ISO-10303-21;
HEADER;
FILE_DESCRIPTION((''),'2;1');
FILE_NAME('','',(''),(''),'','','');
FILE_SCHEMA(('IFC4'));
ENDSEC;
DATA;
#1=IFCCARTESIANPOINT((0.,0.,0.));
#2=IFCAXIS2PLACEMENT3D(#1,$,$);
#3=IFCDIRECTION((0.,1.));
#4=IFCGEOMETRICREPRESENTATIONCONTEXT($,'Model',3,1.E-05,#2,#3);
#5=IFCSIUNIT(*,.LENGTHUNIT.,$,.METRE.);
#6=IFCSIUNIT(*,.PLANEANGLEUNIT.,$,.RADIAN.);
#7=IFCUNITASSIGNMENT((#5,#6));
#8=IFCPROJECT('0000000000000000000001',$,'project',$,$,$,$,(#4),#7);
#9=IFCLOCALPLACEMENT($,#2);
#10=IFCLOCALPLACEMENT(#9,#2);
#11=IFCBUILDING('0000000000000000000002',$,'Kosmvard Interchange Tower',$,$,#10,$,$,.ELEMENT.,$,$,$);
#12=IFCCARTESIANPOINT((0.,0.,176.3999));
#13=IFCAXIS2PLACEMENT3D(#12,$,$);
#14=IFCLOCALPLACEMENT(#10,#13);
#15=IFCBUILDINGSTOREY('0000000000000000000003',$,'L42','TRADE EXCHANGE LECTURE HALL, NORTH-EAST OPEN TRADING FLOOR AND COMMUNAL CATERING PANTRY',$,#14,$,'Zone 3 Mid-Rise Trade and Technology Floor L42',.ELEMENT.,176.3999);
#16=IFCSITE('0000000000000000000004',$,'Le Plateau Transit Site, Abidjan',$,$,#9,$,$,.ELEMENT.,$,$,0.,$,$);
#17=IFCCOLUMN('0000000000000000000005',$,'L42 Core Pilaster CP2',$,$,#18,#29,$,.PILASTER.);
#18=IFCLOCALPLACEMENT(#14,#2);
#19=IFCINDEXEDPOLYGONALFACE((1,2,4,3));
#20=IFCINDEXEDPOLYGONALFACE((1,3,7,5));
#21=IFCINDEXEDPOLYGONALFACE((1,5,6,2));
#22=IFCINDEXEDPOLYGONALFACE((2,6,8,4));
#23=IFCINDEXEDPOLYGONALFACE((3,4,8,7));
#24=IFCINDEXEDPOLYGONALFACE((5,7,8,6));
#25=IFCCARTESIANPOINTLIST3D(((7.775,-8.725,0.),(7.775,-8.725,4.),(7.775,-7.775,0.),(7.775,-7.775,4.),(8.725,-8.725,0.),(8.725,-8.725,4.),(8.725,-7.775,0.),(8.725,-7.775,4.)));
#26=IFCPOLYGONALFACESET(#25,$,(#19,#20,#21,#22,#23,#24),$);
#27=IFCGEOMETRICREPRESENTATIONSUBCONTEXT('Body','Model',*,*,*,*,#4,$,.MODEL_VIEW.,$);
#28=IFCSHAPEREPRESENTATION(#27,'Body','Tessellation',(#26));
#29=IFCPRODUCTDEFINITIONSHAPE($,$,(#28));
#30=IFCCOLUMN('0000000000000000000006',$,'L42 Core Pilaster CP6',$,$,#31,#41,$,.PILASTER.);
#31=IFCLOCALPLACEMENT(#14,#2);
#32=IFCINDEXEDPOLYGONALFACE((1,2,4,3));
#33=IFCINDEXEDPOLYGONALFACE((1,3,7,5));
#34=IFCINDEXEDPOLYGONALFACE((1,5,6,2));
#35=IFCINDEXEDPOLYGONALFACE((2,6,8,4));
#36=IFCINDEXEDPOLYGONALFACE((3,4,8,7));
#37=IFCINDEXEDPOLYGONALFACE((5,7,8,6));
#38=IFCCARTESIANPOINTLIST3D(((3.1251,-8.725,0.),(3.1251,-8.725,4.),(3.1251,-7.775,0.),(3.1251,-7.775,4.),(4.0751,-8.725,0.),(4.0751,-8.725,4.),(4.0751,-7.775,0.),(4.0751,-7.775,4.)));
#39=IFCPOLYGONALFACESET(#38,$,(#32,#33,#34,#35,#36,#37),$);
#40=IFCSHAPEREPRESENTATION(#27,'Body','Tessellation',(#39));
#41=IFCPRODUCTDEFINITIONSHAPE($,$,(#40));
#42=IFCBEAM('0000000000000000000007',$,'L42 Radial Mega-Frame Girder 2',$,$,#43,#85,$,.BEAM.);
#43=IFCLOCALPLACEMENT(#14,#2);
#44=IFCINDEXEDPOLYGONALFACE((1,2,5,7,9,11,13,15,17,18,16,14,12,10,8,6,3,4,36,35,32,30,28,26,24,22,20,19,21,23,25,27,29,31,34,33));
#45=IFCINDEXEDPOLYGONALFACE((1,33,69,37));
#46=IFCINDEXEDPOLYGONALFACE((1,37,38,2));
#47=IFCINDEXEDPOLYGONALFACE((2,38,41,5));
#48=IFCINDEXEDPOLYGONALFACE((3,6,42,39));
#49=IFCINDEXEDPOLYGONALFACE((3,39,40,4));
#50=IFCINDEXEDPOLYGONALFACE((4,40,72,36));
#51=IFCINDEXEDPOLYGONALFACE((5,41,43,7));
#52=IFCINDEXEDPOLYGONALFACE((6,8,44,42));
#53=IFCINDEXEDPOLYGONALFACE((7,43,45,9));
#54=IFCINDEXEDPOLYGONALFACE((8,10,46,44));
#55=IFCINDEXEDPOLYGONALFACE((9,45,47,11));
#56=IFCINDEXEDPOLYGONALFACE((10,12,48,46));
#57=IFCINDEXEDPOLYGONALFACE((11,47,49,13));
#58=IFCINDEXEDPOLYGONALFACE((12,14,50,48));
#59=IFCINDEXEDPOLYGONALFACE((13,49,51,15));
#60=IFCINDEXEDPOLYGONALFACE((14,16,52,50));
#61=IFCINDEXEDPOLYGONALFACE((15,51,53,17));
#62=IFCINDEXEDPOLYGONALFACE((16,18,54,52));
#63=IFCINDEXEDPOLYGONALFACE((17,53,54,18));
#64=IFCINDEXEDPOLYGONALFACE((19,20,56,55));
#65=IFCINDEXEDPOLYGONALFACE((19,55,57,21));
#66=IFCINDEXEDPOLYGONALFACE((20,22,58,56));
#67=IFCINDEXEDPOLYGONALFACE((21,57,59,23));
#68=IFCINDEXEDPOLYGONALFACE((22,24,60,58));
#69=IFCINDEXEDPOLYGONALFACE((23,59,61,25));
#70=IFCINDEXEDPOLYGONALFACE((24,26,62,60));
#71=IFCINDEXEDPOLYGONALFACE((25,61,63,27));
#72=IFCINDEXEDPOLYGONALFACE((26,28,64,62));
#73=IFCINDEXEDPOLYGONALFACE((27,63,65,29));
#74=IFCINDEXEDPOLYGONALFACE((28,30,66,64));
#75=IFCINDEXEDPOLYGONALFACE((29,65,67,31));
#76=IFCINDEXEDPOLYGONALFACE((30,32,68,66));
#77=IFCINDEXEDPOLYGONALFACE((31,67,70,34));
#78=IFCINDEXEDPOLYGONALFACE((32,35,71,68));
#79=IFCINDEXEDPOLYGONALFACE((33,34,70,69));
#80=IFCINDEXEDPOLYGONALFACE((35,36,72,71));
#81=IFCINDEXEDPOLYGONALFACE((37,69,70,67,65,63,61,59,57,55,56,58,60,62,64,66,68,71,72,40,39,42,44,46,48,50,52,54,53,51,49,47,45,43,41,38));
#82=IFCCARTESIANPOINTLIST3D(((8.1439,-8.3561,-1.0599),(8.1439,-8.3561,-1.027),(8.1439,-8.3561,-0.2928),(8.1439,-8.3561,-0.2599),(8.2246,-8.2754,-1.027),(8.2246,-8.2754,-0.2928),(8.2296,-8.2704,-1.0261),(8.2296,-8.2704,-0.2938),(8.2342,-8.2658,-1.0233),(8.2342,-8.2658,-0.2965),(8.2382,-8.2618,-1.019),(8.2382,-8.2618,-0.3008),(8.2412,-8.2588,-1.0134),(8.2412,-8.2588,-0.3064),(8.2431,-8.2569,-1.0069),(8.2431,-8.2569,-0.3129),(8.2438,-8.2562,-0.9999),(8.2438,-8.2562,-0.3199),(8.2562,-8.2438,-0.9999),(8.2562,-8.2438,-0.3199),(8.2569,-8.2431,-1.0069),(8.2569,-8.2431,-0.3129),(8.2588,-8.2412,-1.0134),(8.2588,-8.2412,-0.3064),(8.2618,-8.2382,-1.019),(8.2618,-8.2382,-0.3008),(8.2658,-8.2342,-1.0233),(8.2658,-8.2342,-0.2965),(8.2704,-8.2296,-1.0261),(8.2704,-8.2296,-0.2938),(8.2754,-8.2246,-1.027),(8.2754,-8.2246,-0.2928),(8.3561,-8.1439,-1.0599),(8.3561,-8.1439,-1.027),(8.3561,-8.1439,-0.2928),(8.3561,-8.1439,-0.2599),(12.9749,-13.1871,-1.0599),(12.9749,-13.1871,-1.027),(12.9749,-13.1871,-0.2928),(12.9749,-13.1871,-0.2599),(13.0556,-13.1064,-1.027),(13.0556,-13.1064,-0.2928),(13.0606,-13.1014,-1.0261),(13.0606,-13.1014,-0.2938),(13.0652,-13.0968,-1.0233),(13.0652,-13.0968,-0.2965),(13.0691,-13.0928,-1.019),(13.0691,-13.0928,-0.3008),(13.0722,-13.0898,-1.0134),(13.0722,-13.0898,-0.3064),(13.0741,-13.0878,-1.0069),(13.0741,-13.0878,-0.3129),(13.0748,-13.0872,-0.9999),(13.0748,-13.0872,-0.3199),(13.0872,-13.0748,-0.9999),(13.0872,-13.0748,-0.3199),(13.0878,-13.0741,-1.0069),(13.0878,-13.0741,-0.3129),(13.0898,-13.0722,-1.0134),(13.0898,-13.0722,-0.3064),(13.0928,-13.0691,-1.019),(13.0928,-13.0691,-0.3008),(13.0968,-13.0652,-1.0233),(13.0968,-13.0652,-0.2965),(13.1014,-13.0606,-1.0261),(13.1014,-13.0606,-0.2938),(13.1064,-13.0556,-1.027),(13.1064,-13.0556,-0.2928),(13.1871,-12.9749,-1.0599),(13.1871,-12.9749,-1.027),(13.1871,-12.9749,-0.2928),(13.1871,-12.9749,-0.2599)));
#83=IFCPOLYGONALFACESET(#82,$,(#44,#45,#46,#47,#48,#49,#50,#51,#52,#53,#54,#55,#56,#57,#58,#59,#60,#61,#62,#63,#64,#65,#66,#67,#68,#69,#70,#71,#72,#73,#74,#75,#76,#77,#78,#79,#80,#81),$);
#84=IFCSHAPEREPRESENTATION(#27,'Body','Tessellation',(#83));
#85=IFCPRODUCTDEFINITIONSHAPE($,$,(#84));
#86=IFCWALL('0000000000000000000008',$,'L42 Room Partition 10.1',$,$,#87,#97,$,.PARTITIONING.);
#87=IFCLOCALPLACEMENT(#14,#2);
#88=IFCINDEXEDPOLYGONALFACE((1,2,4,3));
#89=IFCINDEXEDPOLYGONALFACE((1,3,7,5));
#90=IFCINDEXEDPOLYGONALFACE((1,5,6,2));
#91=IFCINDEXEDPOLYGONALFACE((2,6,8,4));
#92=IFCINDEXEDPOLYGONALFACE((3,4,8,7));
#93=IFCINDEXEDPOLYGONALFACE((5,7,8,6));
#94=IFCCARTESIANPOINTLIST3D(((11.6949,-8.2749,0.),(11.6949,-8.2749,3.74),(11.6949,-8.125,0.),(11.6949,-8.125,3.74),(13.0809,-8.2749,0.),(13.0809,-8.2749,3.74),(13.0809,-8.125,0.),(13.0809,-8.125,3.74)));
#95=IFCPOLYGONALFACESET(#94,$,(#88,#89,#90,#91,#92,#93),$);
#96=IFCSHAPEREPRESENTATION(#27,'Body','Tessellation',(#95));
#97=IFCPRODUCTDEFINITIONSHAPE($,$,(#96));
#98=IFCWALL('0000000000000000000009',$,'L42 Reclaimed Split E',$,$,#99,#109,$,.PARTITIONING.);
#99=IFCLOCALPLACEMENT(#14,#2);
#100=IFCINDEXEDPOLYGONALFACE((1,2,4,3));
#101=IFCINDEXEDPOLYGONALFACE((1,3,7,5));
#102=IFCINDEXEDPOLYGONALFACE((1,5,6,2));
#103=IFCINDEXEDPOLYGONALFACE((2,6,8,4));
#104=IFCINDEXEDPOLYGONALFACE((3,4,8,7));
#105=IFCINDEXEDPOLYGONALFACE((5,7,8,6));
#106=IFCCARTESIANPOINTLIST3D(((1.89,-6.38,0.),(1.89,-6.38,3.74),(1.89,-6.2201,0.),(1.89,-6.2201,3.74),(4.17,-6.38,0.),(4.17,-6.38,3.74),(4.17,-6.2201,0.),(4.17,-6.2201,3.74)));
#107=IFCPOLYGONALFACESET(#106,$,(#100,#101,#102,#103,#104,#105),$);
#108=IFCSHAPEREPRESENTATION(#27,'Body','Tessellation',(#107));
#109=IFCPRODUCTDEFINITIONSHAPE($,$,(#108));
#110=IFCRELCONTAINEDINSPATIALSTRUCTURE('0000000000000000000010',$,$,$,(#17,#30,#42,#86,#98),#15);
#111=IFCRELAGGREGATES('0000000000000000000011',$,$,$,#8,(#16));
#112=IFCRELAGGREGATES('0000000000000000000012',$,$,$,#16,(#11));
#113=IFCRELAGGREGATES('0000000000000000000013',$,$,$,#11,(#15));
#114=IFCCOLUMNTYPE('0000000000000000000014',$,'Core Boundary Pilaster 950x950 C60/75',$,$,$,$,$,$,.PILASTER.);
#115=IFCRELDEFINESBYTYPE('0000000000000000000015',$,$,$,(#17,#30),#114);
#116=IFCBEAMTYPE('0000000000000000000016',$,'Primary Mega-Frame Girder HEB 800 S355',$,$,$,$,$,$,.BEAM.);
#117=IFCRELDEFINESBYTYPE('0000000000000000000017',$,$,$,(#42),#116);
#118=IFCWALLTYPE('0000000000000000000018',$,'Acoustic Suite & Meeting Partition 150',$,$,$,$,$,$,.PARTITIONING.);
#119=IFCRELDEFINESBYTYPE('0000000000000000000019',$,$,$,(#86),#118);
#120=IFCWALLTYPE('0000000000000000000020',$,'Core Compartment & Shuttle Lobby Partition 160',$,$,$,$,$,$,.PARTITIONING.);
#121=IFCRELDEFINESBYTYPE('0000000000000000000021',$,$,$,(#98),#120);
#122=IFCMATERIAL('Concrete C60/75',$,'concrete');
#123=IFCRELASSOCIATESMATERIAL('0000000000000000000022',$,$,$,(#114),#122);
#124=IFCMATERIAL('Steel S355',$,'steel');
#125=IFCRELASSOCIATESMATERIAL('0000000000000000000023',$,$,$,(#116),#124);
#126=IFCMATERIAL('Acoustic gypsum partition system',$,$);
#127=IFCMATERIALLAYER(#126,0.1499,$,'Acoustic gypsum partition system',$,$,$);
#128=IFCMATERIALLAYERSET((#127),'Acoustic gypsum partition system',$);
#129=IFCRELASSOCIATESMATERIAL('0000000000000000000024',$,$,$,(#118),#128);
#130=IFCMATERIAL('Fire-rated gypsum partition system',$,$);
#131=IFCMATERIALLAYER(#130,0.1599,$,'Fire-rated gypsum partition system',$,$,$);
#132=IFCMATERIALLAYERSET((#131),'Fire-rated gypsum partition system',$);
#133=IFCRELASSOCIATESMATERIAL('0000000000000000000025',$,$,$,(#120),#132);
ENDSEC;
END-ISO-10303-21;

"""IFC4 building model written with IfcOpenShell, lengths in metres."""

from ifc_helpers import new_model, si_unit, direction, frame, frame_2d, origin, origin_2d, place, context, subcontext, project, spatial, rectangle, i_section, extrude, source, transform, mapped, material, layer, layer_set, material_profile, profile_set, type_object, element, save


model = new_model("IFC4")

# Units and contexts
model_context = context("Model", 3, precision=1e-05, world=origin(), true_north=direction((0.0, 1.0)))
body_context = subcontext(model_context, "Body", "Model", "MODEL_VIEW")
ifc_project = project(units=[si_unit("LENGTHUNIT", "METRE"), si_unit("PLANEANGLEUNIT", "RADIAN")], contexts=[model_context])

# Site, building, storey
site_placement = place(None, origin())
site = spatial("IfcSite", under=ifc_project, at=site_placement, Name="Le Plateau Transit Site, Abidjan", CompositionType="ELEMENT", RefElevation=0.0)
building_placement = place(site_placement, origin())
building = spatial("IfcBuilding", under=site, at=building_placement, Name="Kosmvard Interchange Tower", CompositionType="ELEMENT")
storey_placement = place(building_placement, frame((0.0, 0.0, 176.3999)))
storey = spatial("IfcBuildingStorey", under=building, at=storey_placement, Name="L42", Description="TRADE EXCHANGE LECTURE HALL, NORTH-EAST OPEN TRADING FLOOR AND COMMUNAL CATERING PANTRY", LongName="Zone 3 Mid-Rise Trade and Technology Floor L42", CompositionType="ELEMENT", Elevation=176.3999)

# Columns
ifc_material_1 = material(Name="Concrete C60/75", Category="concrete")
ifc_material_profile_1 = material_profile(ifc_material_1, rectangle(XDim=0.95, YDim=0.95, at=origin_2d()), Name="CP 950x950")
ifc_profile_set_1 = profile_set([ifc_material_profile_1], Name="Concrete C60/75")
column_type = type_object("IfcColumnType", Name="Core Boundary Pilaster 950x950 C60/75", PredefinedType="PILASTER", material=ifc_profile_set_1)
shared_shape_1 = source(origin(), body_context, "Body", "SweptSolid", [
    extrude(rectangle(XDim=0.95, YDim=0.95, at=origin_2d()), origin(), (0.0, 0.0, 1.0), 4.0),
])
for number, where, z_axis, x_axis, name in (
    (1, (8.25, -8.25, 0.0), (0.0, 0.0, 1.0), (1.0, 0.0, 0.0), "L42 Core Pilaster CP2"),
    (2, (3.6001, -8.25, 0.0), (0.0, 0.0, 1.0), (1.0, 0.0, 0.0), "L42 Core Pilaster CP6"),
):
    element("IfcColumn", number, at=place(storey_placement, frame(where, z_axis=z_axis, x_axis=x_axis)), inside=storey, type_object=column_type, Name=name, PredefinedType="PILASTER", context=body_context, shape_type="MappedRepresentation", body=[
        mapped(shared_shape_1, transform((0.0, 0.0, 0.0), scale=1.0)),
    ])

# Beam
ifc_material_2 = material(Name="Steel S355", Category="steel")
ifc_material_profile_2 = material_profile(ifc_material_2, i_section(OverallWidth=0.3, OverallDepth=0.8, WebThickness=0.0176, FlangeThickness=0.033, FilletRadius=0.0271, at=origin_2d()), Name="HEB 800")
ifc_profile_set_2 = profile_set([ifc_material_profile_2], Name="Steel S355")
beam_type = type_object("IfcBeamType", Name="Primary Mega-Frame Girder HEB 800 S355", PredefinedType="BEAM", material=ifc_profile_set_2)
shared_shape_2 = source(origin(), body_context, "Body", "SweptSolid", [
    extrude(i_section(OverallWidth=0.3, OverallDepth=0.8, WebThickness=0.0176, FlangeThickness=0.033, FilletRadius=0.0271, at=origin_2d()), origin(), (0.0, 0.0, 1.0), 6.832),
])
beam_placement = place(storey_placement, frame((8.25, -8.25, -0.6599), z_axis=(0.707107, -0.707107, 0.0), x_axis=(0.707107, 0.707107, 0.0)))
element("IfcBeam", 3, at=beam_placement, inside=storey, type_object=beam_type, Name="L42 Radial Mega-Frame Girder 2", PredefinedType="BEAM", context=body_context, shape_type="MappedRepresentation", body=[
    mapped(shared_shape_2, transform((0.0, 0.0, 0.0), scale=1.0)),
])

# Walls
ifc_material_3 = material(Name="Acoustic gypsum partition system")
ifc_layer_1 = layer(ifc_material_3, 0.1499, Name="Acoustic gypsum partition system")
ifc_layer_set_1 = layer_set([ifc_layer_1], Name="Acoustic gypsum partition system")
wall_type_1 = type_object("IfcWallType", Name="Acoustic Suite & Meeting Partition 150", PredefinedType="PARTITIONING", material=ifc_layer_set_1)
wall_1_placement = place(storey_placement, frame((11.6951, -8.2, 0.0), z_axis=(0.0, 0.0, 1.0), x_axis=(1.0, 0.0, 0.0)))
element("IfcWall", 4, at=wall_1_placement, inside=storey, type_object=wall_type_1, Name="L42 Room Partition 10.1", PredefinedType="PARTITIONING", context=body_context, shape_type="SweptSolid", body=[
    extrude(rectangle(XDim=1.386, YDim=0.1499, at=frame_2d((0.6929, 0.0))), origin(), (0.0, 0.0, 1.0), 3.74),
])
ifc_material_4 = material(Name="Fire-rated gypsum partition system")
ifc_layer_2 = layer(ifc_material_4, 0.1599, Name="Fire-rated gypsum partition system")
ifc_layer_set_2 = layer_set([ifc_layer_2], Name="Fire-rated gypsum partition system")
wall_type_2 = type_object("IfcWallType", Name="Core Compartment & Shuttle Lobby Partition 160", PredefinedType="PARTITIONING", material=ifc_layer_set_2)
wall_2_placement = place(storey_placement, frame((1.8899, -6.3, 0.0), z_axis=(0.0, 0.0, 1.0), x_axis=(1.0, 0.0, 0.0)))
element("IfcWall", 5, at=wall_2_placement, inside=storey, type_object=wall_type_2, Name="L42 Reclaimed Split E", PredefinedType="PARTITIONING", context=body_context, shape_type="SweptSolid", body=[
    extrude(rectangle(XDim=2.28, YDim=0.1599, at=frame_2d((1.1401, 0.0))), origin(), (0.0, 0.0, 1.0), 3.74),
])

save(model, "model.ifc")
